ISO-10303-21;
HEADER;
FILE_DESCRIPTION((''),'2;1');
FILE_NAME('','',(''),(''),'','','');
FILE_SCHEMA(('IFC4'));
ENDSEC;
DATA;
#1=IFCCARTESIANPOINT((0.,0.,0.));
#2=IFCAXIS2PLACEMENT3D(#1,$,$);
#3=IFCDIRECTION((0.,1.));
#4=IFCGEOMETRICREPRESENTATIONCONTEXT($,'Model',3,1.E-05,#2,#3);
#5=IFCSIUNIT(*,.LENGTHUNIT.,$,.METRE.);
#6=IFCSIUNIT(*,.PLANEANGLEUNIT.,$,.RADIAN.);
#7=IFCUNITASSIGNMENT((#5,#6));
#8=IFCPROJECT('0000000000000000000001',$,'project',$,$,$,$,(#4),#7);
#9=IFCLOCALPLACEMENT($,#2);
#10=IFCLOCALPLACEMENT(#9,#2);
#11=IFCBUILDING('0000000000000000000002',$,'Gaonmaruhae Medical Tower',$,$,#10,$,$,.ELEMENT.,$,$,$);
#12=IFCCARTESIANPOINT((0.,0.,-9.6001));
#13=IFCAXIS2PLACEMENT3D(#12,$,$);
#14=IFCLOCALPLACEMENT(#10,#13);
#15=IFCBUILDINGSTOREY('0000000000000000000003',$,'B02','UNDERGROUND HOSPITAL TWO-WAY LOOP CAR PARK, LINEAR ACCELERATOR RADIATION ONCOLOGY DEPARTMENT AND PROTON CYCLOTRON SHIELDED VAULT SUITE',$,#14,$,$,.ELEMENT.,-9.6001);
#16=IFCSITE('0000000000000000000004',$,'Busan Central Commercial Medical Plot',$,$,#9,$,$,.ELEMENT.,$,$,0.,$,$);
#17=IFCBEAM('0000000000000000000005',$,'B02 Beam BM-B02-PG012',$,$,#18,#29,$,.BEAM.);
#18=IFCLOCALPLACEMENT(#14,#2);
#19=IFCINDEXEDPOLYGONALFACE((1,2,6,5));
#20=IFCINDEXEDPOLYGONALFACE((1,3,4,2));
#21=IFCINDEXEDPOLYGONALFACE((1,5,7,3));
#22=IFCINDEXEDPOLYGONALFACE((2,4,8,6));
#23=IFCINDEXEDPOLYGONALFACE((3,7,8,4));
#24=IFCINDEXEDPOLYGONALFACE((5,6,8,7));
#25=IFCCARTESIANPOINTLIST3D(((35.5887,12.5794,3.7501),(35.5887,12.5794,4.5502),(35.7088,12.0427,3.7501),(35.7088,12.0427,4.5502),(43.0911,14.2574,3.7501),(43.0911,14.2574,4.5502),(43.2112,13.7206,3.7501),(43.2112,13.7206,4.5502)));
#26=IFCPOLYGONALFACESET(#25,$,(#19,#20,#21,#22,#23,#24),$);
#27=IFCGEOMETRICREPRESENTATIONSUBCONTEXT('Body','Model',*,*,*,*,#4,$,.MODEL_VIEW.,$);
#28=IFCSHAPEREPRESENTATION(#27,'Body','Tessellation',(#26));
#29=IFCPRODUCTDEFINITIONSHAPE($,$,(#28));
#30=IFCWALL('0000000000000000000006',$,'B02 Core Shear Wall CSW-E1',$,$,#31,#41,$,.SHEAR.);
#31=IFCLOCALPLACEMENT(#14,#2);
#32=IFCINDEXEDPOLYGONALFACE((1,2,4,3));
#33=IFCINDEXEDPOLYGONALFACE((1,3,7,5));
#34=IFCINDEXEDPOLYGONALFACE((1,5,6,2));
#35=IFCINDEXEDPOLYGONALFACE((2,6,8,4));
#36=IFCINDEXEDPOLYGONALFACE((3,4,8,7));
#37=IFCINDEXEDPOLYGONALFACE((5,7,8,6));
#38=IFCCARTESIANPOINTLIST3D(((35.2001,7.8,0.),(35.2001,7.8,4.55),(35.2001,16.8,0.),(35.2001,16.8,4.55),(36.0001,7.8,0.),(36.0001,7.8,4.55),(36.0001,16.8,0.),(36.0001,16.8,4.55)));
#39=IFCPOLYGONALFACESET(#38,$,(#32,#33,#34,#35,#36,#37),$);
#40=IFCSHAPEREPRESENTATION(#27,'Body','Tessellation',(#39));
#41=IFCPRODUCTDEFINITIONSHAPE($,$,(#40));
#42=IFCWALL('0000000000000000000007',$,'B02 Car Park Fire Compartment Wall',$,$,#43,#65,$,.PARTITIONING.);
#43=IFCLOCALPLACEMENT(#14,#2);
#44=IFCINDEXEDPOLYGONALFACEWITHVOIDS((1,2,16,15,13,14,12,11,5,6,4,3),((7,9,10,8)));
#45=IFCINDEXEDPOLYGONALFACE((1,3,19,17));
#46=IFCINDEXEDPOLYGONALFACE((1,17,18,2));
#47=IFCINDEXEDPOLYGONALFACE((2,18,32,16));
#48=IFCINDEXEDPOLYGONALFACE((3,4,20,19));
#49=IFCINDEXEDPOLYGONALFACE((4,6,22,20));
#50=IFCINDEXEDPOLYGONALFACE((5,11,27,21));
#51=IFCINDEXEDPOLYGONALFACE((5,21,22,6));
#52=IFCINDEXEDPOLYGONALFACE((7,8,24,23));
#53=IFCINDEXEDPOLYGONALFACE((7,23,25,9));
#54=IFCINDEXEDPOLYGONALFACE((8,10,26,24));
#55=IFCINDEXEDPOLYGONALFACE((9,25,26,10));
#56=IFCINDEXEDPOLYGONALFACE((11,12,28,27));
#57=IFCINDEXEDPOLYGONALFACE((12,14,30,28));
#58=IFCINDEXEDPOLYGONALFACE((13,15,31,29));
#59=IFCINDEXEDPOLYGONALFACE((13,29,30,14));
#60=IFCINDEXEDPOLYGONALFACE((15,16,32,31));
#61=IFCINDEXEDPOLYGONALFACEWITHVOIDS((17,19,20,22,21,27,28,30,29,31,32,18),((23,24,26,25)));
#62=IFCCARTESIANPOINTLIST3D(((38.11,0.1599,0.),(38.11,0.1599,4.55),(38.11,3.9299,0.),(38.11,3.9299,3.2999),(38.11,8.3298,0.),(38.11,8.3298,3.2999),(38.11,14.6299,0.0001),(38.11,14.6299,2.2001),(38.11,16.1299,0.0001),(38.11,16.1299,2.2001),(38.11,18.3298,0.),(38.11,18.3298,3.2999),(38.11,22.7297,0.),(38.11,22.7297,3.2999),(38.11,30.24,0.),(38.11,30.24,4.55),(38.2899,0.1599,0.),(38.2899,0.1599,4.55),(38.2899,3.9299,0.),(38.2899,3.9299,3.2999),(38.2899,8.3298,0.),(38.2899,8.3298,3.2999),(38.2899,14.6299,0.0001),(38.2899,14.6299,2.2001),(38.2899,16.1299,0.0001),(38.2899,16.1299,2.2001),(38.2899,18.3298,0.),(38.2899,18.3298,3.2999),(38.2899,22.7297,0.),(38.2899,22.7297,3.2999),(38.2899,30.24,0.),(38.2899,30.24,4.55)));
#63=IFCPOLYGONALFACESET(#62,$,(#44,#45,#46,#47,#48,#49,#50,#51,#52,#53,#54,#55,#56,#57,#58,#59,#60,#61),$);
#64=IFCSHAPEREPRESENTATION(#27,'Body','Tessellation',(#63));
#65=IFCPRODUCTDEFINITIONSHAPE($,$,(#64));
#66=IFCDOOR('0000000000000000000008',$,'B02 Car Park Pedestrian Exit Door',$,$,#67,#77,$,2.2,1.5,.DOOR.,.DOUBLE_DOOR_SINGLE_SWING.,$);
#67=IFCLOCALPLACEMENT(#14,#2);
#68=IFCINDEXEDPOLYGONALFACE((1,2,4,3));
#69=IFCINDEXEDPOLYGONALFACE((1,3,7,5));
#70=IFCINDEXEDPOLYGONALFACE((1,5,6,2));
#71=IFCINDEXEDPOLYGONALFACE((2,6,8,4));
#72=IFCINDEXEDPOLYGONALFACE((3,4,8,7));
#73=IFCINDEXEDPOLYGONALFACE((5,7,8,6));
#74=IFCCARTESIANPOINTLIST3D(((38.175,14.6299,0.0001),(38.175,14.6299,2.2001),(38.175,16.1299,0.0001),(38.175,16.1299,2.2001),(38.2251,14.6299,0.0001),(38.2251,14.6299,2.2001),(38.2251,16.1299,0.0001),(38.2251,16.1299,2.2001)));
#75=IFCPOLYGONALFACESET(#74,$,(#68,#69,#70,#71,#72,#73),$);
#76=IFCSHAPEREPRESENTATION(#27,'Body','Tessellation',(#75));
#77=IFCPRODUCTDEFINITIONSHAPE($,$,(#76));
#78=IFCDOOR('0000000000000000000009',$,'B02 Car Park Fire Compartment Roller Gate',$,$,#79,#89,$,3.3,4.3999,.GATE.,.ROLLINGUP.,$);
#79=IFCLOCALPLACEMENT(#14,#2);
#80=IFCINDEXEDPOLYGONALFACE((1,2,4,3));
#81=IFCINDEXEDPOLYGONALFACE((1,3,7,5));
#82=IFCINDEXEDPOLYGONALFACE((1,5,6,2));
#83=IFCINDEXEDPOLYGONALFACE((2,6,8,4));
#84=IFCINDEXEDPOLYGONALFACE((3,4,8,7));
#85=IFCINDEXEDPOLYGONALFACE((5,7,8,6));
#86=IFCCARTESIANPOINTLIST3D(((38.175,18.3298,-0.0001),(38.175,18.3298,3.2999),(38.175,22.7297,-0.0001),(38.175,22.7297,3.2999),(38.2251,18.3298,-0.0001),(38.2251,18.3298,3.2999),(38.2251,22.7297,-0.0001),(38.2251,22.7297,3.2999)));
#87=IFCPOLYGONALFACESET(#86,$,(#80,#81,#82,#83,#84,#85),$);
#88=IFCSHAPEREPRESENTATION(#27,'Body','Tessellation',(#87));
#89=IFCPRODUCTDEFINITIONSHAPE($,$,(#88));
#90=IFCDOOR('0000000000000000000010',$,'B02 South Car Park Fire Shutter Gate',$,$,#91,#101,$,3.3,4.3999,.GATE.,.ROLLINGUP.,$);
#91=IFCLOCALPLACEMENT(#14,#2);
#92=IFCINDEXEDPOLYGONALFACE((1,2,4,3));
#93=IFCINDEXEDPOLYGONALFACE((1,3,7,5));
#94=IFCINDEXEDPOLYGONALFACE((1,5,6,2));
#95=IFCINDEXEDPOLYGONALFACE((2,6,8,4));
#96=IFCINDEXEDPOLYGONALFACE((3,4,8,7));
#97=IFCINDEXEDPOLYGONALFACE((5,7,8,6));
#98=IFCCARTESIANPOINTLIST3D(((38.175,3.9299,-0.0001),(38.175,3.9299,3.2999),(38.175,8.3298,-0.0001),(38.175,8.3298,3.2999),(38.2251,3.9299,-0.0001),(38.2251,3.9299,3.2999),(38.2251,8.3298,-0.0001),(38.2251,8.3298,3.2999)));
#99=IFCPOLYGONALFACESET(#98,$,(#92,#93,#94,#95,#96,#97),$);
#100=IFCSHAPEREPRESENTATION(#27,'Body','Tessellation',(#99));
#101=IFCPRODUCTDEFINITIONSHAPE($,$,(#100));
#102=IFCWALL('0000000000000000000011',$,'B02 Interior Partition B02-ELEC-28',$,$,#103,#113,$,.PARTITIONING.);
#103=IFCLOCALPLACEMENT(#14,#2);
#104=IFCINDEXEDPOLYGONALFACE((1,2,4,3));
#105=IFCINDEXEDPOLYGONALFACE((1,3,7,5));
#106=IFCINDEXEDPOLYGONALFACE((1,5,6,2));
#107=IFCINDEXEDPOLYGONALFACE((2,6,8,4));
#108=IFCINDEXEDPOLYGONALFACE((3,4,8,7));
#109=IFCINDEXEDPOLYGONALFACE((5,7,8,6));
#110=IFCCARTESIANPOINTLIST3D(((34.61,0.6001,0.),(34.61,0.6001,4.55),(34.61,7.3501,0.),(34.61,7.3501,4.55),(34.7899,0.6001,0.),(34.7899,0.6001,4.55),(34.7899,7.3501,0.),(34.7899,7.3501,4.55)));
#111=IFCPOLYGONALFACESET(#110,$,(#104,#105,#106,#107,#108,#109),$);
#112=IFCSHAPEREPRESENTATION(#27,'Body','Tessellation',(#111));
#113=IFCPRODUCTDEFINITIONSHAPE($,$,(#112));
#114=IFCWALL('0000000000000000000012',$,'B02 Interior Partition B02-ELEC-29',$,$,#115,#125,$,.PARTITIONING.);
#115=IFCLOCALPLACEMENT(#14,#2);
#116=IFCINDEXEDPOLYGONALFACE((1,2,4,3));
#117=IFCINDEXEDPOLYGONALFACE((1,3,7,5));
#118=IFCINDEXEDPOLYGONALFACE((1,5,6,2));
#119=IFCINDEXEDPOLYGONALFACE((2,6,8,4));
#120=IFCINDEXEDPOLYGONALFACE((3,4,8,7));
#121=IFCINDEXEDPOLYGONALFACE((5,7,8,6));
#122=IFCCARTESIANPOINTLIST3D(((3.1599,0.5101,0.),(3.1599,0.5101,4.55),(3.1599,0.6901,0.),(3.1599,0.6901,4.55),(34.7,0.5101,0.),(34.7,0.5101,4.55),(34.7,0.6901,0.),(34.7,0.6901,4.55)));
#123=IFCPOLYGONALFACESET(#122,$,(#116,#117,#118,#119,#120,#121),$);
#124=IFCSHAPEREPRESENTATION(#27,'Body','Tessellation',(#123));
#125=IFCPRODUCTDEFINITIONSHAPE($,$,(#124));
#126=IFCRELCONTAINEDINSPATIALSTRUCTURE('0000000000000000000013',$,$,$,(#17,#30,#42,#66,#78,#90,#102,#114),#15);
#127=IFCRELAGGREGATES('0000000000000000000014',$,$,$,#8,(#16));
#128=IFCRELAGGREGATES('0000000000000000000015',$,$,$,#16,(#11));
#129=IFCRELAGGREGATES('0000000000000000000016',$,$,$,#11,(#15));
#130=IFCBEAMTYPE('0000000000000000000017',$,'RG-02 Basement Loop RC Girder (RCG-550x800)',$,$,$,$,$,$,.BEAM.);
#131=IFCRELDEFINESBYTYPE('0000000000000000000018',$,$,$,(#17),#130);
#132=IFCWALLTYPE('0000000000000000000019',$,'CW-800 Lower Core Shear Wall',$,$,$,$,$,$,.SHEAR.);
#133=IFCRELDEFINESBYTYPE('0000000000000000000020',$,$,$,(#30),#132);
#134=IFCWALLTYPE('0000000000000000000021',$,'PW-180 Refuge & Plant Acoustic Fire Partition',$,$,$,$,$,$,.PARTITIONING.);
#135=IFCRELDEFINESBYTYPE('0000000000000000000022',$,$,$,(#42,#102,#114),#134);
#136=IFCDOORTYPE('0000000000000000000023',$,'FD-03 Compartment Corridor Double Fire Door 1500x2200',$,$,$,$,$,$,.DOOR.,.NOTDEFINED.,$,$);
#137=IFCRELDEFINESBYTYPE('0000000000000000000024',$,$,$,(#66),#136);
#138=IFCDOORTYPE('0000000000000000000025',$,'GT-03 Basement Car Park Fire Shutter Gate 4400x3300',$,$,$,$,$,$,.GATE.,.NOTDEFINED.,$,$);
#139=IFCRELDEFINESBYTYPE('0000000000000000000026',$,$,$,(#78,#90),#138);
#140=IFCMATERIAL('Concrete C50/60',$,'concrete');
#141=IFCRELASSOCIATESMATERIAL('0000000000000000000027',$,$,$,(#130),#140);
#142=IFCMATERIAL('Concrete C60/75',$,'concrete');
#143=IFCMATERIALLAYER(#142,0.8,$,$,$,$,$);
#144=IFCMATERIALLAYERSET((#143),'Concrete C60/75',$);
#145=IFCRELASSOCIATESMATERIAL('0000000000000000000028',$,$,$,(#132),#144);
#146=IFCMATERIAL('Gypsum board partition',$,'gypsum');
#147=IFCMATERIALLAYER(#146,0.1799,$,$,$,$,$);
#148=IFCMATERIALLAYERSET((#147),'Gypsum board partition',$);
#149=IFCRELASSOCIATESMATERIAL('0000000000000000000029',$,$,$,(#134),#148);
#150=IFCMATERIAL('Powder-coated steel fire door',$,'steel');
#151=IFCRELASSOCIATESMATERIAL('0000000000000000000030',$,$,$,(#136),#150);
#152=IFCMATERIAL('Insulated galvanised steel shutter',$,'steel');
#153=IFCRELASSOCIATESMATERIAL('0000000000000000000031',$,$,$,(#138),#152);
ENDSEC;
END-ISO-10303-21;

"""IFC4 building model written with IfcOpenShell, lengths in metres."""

from ifc_helpers import new_model, si_unit, direction, frame, frame_2d, origin, origin_2d, place, context, subcontext, project, spatial, rectangle, extrude, material, layer, layer_set, material_profile, profile_set, type_object, element, fill, save


model = new_model("IFC4")

# Units and contexts
model_context = context("Model", 3, precision=1e-05, world=origin(), true_north=direction((0.0, 1.0)))
body_context = subcontext(model_context, "Body", "Model", "MODEL_VIEW")
ifc_project = project(units=[si_unit("LENGTHUNIT", "METRE"), si_unit("PLANEANGLEUNIT", "RADIAN")], contexts=[model_context])

# Site, building, storey
site_placement = place(None, origin())
site = spatial("IfcSite", under=ifc_project, at=site_placement, Name="Busan Central Commercial Medical Plot", CompositionType="ELEMENT", RefElevation=0.0)
building_placement = place(site_placement, origin())
building = spatial("IfcBuilding", under=site, at=building_placement, Name="Gaonmaruhae Medical Tower", CompositionType="ELEMENT")
storey_placement = place(building_placement, frame((0.0, 0.0, -9.6001)))
storey = spatial("IfcBuildingStorey", under=building, at=storey_placement, Name="B02", Description="UNDERGROUND HOSPITAL TWO-WAY LOOP CAR PARK, LINEAR ACCELERATOR RADIATION ONCOLOGY DEPARTMENT AND PROTON CYCLOTRON SHIELDED VAULT SUITE", CompositionType="ELEMENT", Elevation=-9.6001)

# Shared definitions
ifc_material_1 = material(Name="Concrete C50/60", Category="concrete")

# Shared definitions
ifc_material_2 = material(Name="Concrete C60/75", Category="concrete")

# Beam
ifc_material_profile_1 = material_profile(ifc_material_1, rectangle(XDim=0.55, YDim=0.8, at=origin_2d()), Name="RCG-550x800")
ifc_profile_set_1 = profile_set([ifc_material_profile_1], Name="Concrete C50/60")
beam_type = type_object("IfcBeamType", Name="RG-02 Basement Loop RC Girder (RCG-550x800)", PredefinedType="BEAM", material=ifc_profile_set_1)
beam_1_placement = place(storey_placement, frame((43.1511, 13.989, 4.1501), z_axis=(-0.97589, -0.218265, 0.0), x_axis=(0.218265, -0.97589, 0.0)))
element("IfcBeam", 1, at=beam_1_placement, inside=storey, type_object=beam_type, Name="B02 Beam BM-B02-PG012", PredefinedType="BEAM", context=body_context, shape_type="SweptSolid", body=[
    extrude(rectangle(XDim=0.55, YDim=0.8, at=origin_2d()), origin(), (0.0, 0.0, 1.0), 7.6877),
])

# Wall
ifc_layer_1 = layer(ifc_material_2, 0.8)
ifc_layer_set_1 = layer_set([ifc_layer_1], Name="Concrete C60/75")
wall_type_1 = type_object("IfcWallType", Name="CW-800 Lower Core Shear Wall", PredefinedType="SHEAR", material=ifc_layer_set_1)
wall_1_placement = place(storey_placement, frame((35.6001, 7.8, 0.0), z_axis=(0.0, 0.0, 1.0), x_axis=(0.0, 1.0, 0.0)))
element("IfcWall", 2, at=wall_1_placement, inside=storey, type_object=wall_type_1, Name="B02 Core Shear Wall CSW-E1", PredefinedType="SHEAR", context=body_context, shape_type="SweptSolid", body=[
    extrude(rectangle(XDim=9.0, YDim=0.8, at=frame_2d((4.5, 0.0))), origin(), (0.0, 0.0, 1.0), 4.55),
])

# Wall, openings, doors
ifc_material_3 = material(Name="Gypsum board partition", Category="gypsum")
ifc_layer_2 = layer(ifc_material_3, 0.1799)
ifc_layer_set_2 = layer_set([ifc_layer_2], Name="Gypsum board partition")
wall_type_2 = type_object("IfcWallType", Name="PW-180 Refuge & Plant Acoustic Fire Partition", PredefinedType="PARTITIONING", material=ifc_layer_set_2)
wall_2_placement = place(storey_placement, frame((38.2, 0.1599, 0.0), z_axis=(0.0, 0.0, 1.0), x_axis=(0.0, 1.0, 0.0)))
wall_2 = element("IfcWall", 3, at=wall_2_placement, inside=storey, type_object=wall_type_2, Name="B02 Car Park Fire Compartment Wall", PredefinedType="PARTITIONING", context=body_context, shape_type="SweptSolid", body=[
    extrude(rectangle(XDim=30.0801, YDim=0.1799, at=frame_2d((15.04, 0.0))), origin(), (0.0, 0.0, 1.0), 4.55),
])
opening_1_placement = place(wall_2_placement, frame((18.1699, 0.0, 0.0)))
opening_1 = element("IfcOpeningElement", 4, at=opening_1_placement, cuts=wall_2, PredefinedType="OPENING", context=body_context, shape_type="SweptSolid", body=[
    extrude(rectangle(XDim=4.3999, YDim=3.3, at=frame_2d((2.2, 1.6499))), frame((0.0, 0.1001, 0.0), z_axis=(0.0, -1.0, 0.0), x_axis=(1.0, 0.0, 0.0)), (0.0, 0.0, 1.0), 0.2),
])
opening_2_placement = place(wall_2_placement, frame((14.47, 0.0, 0.0)))
opening_2 = element("IfcOpeningElement", 5, at=opening_2_placement, cuts=wall_2, PredefinedType="OPENING", context=body_context, shape_type="SweptSolid", body=[
    extrude(rectangle(XDim=1.5, YDim=2.2, at=frame_2d((0.75, 1.1001))), frame((0.0, 0.1001, 0.0), z_axis=(0.0, -1.0, 0.0), x_axis=(1.0, 0.0, 0.0)), (0.0, 0.0, 1.0), 0.2),
])
opening_3_placement = place(wall_2_placement, frame((3.77, 0.0, 0.0)))
opening_3 = element("IfcOpeningElement", 6, at=opening_3_placement, cuts=wall_2, PredefinedType="OPENING", context=body_context, shape_type="SweptSolid", body=[
    extrude(rectangle(XDim=4.3999, YDim=3.3, at=frame_2d((2.2, 1.6499))), frame((0.0, 0.1001, 0.0), z_axis=(0.0, -1.0, 0.0), x_axis=(1.0, 0.0, 0.0)), (0.0, 0.0, 1.0), 0.2),
])
ifc_material_4 = material(Name="Powder-coated steel fire door", Category="steel")
door_type_1 = type_object("IfcDoorType", Name="FD-03 Compartment Corridor Double Fire Door 1500x2200", OperationType="NOTDEFINED", PredefinedType="DOOR", material=ifc_material_4)
door_1_placement = place(opening_2_placement, origin())
door_1 = element("IfcDoor", 7, at=door_1_placement, inside=storey, type_object=door_type_1, Name="B02 Car Park Pedestrian Exit Door", OperationType="DOUBLE_DOOR_SINGLE_SWING", OverallHeight=2.2, OverallWidth=1.5, PredefinedType="DOOR", context=body_context, shape_type="SweptSolid", body=[
    extrude(rectangle(XDim=1.5, YDim=2.2, at=frame_2d((0.75, 1.1001))), frame((0.0, 0.0249, 0.0), z_axis=(0.0, -1.0, 0.0), x_axis=(1.0, 0.0, 0.0)), (0.0, 0.0, 1.0), 0.05),
])
fill(opening_2, door_1)
ifc_material_5 = material(Name="Insulated galvanised steel shutter", Category="steel")
door_type_2 = type_object("IfcDoorType", Name="GT-03 Basement Car Park Fire Shutter Gate 4400x3300", OperationType="NOTDEFINED", PredefinedType="GATE", material=ifc_material_5)
door_2_placement = place(opening_1_placement, origin())
door_2 = element("IfcDoor", 8, at=door_2_placement, inside=storey, type_object=door_type_2, Name="B02 Car Park Fire Compartment Roller Gate", OperationType="ROLLINGUP", OverallHeight=3.3, OverallWidth=4.3999, PredefinedType="GATE", context=body_context, shape_type="SweptSolid", body=[
    extrude(rectangle(XDim=4.3999, YDim=3.3, at=frame_2d((2.2, 1.6499))), frame((0.0, 0.0249, 0.0), z_axis=(0.0, -1.0, 0.0), x_axis=(1.0, 0.0, 0.0)), (0.0, 0.0, 1.0), 0.05),
])
fill(opening_1, door_2)
door_3_placement = place(opening_3_placement, origin())
door_3 = element("IfcDoor", 9, at=door_3_placement, inside=storey, type_object=door_type_2, Name="B02 South Car Park Fire Shutter Gate", OperationType="ROLLINGUP", OverallHeight=3.3, OverallWidth=4.3999, PredefinedType="GATE", context=body_context, shape_type="SweptSolid", body=[
    extrude(rectangle(XDim=4.3999, YDim=3.3, at=frame_2d((2.2, 1.6499))), frame((0.0, 0.0249, 0.0), z_axis=(0.0, -1.0, 0.0), x_axis=(1.0, 0.0, 0.0)), (0.0, 0.0, 1.0), 0.05),
])
fill(opening_3, door_3)

# Walls
wall_3_placement = place(storey_placement, frame((34.7, 7.3501, 0.0), z_axis=(0.0, 0.0, 1.0), x_axis=(0.0, -1.0, 0.0)))
element("IfcWall", 10, at=wall_3_placement, inside=storey, type_object=wall_type_2, Name="B02 Interior Partition B02-ELEC-28", PredefinedType="PARTITIONING", context=body_context, shape_type="SweptSolid", body=[
    extrude(rectangle(XDim=6.75, YDim=0.1799, at=frame_2d((3.375, 0.0))), origin(), (0.0, 0.0, 1.0), 4.55),
])
wall_4_placement = place(storey_placement, frame((34.7, 0.6001, 0.0), z_axis=(0.0, 0.0, 1.0), x_axis=(-1.0, 0.0, 0.0)))
element("IfcWall", 11, at=wall_4_placement, inside=storey, type_object=wall_type_2, Name="B02 Interior Partition B02-ELEC-29", PredefinedType="PARTITIONING", context=body_context, shape_type="SweptSolid", body=[
    extrude(rectangle(XDim=31.54, YDim=0.1799, at=frame_2d((15.77, 0.0))), origin(), (0.0, 0.0, 1.0), 4.55),
])

save(model, "model.ifc")
